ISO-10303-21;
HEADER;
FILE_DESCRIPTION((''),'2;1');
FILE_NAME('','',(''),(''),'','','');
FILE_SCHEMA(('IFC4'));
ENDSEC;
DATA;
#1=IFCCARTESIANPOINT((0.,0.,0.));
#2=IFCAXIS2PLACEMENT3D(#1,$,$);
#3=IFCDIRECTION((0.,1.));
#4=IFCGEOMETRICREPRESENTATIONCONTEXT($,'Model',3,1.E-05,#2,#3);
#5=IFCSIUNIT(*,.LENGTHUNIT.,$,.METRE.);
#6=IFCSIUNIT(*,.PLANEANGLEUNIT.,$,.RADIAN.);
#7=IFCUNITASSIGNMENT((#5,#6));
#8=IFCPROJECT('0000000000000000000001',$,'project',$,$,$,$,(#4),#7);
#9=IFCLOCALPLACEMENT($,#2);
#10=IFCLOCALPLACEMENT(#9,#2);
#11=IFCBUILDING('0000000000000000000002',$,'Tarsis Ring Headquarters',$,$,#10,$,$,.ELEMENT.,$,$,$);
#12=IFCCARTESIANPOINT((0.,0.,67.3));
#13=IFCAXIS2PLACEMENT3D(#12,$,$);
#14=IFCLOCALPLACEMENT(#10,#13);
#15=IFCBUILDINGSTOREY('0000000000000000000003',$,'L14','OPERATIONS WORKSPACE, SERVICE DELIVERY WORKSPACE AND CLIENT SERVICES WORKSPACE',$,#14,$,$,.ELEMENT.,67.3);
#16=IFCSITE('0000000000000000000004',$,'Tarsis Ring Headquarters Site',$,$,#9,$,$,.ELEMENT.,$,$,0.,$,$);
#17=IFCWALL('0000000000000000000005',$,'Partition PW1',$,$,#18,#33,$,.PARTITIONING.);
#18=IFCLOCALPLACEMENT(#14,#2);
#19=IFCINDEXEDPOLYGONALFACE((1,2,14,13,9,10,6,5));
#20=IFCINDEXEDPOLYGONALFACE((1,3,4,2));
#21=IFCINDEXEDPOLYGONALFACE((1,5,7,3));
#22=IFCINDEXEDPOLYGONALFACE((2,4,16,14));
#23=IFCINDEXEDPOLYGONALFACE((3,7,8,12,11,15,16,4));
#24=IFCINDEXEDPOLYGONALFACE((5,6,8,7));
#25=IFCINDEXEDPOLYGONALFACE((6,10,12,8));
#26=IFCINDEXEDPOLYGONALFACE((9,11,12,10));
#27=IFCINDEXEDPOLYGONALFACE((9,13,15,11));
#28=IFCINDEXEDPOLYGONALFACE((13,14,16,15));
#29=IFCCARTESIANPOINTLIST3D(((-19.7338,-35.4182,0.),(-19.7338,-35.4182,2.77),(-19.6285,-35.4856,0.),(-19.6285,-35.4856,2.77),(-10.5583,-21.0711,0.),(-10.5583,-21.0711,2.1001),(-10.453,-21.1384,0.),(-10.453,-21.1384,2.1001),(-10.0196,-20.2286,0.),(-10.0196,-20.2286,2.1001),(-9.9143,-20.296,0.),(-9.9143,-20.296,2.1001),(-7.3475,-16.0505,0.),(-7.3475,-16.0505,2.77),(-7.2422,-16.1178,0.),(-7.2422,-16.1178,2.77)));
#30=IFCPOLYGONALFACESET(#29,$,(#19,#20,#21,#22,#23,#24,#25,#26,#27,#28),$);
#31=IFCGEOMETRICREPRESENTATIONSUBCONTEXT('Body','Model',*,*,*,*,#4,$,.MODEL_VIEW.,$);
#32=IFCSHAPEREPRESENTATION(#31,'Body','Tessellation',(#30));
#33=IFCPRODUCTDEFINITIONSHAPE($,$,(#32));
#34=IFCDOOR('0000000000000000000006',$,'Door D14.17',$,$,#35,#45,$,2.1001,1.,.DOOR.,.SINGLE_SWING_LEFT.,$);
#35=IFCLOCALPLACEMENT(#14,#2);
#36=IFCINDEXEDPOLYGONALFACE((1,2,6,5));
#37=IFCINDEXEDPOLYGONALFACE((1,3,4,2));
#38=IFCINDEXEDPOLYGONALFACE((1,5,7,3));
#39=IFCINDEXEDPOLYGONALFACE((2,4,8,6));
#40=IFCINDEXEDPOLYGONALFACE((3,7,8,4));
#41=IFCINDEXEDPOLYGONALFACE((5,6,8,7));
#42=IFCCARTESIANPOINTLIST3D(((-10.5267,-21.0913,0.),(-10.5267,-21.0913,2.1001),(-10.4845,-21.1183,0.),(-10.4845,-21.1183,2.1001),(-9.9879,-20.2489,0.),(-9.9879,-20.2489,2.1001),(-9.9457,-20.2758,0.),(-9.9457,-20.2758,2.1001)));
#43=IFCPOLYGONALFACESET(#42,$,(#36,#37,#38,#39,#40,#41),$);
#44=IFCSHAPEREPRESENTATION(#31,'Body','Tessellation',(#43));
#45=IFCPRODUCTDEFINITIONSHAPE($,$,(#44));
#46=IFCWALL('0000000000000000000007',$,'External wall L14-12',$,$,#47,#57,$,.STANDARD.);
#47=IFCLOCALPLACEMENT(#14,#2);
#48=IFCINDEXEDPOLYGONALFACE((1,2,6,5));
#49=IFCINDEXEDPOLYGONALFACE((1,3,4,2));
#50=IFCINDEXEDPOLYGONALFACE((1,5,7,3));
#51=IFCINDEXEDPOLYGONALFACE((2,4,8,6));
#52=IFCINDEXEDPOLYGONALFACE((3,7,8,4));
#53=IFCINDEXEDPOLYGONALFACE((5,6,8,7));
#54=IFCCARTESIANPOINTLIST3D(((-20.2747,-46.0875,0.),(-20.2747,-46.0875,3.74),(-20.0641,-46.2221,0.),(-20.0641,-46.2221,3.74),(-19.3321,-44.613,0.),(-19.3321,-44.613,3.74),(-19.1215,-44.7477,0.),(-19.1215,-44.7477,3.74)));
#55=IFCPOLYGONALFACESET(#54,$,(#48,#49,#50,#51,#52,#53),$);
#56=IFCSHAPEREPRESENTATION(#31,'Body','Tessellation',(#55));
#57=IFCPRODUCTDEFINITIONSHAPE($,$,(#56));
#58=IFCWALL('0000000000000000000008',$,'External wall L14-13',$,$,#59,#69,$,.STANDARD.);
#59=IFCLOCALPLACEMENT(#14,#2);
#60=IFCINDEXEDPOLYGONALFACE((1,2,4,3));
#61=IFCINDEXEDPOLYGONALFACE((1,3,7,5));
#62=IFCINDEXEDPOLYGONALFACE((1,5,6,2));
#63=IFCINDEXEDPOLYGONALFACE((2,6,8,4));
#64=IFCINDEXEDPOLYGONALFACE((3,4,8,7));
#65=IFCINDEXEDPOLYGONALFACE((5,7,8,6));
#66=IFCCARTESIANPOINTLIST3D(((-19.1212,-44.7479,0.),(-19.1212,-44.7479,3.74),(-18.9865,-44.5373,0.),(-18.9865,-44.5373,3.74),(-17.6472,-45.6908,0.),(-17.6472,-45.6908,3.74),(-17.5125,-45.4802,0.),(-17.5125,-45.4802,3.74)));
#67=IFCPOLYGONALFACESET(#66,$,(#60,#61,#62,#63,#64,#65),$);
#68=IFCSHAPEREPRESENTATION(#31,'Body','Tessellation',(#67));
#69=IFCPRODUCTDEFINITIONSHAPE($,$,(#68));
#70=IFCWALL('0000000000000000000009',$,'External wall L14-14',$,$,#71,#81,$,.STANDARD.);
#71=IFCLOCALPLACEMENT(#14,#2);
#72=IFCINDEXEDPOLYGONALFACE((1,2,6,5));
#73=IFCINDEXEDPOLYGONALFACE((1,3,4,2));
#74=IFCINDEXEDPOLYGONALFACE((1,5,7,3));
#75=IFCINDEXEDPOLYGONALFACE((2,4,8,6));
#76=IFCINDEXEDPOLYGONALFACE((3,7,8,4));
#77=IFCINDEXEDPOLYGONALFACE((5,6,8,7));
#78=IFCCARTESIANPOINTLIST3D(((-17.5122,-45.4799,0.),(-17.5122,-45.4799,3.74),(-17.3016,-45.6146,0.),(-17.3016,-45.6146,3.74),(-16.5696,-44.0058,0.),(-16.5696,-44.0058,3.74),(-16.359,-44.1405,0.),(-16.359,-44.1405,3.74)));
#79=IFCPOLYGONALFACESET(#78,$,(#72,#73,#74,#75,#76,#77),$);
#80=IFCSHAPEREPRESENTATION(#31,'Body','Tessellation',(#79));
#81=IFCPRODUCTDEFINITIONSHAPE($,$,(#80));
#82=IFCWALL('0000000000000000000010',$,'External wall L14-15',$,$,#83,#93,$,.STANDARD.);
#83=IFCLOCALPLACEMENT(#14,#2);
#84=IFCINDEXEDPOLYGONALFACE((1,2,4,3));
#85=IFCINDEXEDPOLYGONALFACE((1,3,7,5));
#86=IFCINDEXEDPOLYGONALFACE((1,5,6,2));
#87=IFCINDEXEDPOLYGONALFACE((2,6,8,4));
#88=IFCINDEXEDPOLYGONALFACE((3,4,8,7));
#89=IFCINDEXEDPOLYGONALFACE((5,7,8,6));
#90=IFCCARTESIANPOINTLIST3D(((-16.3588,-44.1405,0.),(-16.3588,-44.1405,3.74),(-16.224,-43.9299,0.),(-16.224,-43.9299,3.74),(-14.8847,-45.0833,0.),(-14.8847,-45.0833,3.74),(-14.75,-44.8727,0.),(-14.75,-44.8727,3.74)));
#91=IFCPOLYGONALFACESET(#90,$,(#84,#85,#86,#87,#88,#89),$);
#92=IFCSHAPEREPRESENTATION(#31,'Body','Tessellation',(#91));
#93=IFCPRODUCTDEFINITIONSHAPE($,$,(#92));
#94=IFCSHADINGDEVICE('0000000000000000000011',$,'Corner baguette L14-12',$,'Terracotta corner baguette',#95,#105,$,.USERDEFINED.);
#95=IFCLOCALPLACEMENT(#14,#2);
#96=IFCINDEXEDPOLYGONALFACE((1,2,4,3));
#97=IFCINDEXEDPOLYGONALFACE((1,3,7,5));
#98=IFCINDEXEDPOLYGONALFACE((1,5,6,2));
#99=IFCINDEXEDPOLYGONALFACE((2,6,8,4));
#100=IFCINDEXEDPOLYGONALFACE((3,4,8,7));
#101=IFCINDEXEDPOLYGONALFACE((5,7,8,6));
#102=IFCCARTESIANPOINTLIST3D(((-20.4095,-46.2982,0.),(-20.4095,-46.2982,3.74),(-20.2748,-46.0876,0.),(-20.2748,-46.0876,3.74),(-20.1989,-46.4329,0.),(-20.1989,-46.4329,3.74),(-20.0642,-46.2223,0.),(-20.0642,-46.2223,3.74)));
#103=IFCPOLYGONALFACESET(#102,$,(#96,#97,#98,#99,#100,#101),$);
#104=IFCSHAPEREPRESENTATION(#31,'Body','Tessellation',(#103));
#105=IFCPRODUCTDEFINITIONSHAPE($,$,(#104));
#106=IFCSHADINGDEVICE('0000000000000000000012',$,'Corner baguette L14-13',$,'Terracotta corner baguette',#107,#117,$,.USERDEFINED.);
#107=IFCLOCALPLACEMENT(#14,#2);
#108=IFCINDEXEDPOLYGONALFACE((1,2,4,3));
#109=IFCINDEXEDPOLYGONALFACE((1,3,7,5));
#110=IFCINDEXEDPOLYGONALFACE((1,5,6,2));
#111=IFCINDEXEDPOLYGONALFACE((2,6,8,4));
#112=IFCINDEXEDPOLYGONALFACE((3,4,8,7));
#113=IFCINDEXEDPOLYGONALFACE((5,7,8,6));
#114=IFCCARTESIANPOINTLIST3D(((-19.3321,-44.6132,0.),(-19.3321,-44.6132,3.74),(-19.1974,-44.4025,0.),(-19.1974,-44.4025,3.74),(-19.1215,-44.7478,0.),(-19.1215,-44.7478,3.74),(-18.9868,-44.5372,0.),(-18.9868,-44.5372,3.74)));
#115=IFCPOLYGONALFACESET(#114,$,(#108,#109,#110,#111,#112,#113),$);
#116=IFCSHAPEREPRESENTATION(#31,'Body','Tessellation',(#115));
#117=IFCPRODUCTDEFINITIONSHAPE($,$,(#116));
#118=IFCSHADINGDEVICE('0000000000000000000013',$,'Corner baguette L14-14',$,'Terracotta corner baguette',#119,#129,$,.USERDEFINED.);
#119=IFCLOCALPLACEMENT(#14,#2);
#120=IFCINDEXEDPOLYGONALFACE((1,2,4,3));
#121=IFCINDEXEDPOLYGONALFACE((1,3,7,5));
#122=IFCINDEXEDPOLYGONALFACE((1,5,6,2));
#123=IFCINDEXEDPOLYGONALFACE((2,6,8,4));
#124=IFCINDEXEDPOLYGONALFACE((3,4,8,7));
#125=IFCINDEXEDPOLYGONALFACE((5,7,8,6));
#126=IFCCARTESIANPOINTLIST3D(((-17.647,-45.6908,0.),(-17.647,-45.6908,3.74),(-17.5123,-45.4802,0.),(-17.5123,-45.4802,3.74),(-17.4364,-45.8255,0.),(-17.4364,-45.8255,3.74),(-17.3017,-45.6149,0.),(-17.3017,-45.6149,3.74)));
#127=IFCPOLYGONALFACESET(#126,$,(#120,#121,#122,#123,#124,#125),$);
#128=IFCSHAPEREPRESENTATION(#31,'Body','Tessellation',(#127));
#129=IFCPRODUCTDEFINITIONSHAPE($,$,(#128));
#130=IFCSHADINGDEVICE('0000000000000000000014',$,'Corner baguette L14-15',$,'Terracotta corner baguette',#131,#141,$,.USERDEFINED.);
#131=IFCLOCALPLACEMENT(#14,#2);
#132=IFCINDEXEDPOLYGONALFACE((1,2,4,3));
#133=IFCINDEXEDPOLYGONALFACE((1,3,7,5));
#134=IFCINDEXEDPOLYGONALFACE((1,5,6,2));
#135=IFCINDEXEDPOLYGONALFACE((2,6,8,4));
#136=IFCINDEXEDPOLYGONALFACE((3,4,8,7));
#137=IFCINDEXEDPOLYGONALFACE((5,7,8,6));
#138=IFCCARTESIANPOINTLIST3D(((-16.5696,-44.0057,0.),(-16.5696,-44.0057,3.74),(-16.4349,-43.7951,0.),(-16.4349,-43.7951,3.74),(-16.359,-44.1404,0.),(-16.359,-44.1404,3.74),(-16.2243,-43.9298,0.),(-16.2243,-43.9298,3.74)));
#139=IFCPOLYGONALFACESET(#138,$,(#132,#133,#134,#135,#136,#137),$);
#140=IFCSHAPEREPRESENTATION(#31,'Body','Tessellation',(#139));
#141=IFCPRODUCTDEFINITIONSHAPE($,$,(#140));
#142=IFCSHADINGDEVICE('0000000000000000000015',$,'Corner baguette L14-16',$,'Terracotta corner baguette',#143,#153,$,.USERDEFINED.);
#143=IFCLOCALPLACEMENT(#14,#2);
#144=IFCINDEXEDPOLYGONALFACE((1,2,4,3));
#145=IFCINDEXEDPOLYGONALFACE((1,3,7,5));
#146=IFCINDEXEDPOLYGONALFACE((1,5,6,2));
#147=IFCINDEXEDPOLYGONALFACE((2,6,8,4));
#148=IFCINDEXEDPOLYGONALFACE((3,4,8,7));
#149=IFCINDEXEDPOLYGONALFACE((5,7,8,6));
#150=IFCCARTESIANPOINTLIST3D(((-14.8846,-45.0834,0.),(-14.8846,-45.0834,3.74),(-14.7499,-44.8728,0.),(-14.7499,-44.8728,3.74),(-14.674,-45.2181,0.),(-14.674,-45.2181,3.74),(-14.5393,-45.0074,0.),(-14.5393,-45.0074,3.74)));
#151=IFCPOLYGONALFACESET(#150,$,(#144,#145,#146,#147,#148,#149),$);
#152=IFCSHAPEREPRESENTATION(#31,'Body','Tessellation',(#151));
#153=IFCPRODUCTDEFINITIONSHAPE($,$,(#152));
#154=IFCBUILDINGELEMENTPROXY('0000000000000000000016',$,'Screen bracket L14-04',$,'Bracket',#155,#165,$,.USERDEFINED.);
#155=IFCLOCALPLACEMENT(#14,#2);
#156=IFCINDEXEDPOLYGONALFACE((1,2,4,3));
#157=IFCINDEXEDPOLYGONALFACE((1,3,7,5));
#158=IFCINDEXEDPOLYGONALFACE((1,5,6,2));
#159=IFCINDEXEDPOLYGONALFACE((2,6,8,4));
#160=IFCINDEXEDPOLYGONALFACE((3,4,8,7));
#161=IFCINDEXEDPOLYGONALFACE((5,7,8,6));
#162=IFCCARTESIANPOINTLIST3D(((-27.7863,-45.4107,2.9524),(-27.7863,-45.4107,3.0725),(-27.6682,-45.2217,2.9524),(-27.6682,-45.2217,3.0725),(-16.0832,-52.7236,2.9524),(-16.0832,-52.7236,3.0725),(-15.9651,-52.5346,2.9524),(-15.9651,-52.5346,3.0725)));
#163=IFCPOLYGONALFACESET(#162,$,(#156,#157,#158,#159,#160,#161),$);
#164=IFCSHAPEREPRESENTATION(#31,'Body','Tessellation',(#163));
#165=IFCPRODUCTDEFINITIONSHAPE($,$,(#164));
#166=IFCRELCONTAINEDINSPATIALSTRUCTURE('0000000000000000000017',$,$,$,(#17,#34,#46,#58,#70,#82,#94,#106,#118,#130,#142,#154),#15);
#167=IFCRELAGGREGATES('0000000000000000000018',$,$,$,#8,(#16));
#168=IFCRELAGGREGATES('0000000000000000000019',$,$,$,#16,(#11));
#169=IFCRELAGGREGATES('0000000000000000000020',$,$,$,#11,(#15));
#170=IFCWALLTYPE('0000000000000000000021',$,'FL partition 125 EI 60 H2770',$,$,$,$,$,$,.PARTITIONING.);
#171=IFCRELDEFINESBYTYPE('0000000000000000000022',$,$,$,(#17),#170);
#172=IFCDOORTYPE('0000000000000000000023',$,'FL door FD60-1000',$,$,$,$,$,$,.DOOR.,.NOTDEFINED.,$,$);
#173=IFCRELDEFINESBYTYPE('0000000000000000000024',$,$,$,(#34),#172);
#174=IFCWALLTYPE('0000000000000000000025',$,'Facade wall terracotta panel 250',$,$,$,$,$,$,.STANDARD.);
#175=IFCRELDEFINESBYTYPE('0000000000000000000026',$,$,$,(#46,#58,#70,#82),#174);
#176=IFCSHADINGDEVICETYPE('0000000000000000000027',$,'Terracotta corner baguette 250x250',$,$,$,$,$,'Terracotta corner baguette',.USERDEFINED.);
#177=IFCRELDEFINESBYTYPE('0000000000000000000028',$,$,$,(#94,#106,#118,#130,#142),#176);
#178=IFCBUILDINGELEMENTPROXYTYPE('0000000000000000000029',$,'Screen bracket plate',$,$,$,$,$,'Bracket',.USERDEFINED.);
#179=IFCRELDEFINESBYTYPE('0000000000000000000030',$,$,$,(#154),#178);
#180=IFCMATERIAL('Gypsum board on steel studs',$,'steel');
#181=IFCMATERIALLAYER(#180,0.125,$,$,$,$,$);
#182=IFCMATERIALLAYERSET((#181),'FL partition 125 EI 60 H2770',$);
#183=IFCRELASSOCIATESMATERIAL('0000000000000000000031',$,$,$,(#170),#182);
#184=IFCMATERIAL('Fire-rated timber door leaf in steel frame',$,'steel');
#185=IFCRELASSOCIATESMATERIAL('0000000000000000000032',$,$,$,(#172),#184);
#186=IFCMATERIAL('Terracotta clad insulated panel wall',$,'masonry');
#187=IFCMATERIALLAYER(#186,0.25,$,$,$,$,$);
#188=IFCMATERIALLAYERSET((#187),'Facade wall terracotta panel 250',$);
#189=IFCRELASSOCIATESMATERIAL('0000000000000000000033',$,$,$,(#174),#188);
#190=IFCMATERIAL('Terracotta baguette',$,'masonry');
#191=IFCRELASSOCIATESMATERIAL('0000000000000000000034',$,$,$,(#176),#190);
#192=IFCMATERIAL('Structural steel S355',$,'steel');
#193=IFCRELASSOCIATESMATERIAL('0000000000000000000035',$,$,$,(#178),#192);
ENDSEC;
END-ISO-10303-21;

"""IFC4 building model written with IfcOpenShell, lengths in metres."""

from ifc_helpers import new_model, si_unit, direction, frame, frame_2d, origin, origin_2d, place, context, subcontext, project, spatial, rectangle, extrude, material, layer, layer_set, type_object, element, fill, save


model = new_model("IFC4")

# Units and contexts
model_context = context("Model", 3, precision=1e-05, world=origin(), true_north=direction((0.0, 1.0)))
body_context = subcontext(model_context, "Body", "Model", "MODEL_VIEW")
ifc_project = project(units=[si_unit("LENGTHUNIT", "METRE"), si_unit("PLANEANGLEUNIT", "RADIAN")], contexts=[model_context])

# Site, building, storey
site_placement = place(None, origin())
site = spatial("IfcSite", under=ifc_project, at=site_placement, Name="Tarsis Ring Headquarters Site", CompositionType="ELEMENT", RefElevation=0.0)
building_placement = place(site_placement, origin())
building = spatial("IfcBuilding", under=site, at=building_placement, Name="Tarsis Ring Headquarters", CompositionType="ELEMENT")
storey_placement = place(building_placement, frame((0.0, 0.0, 67.3)))
storey = spatial("IfcBuildingStorey", under=building, at=storey_placement, Name="L14", Description="OPERATIONS WORKSPACE, SERVICE DELIVERY WORKSPACE AND CLIENT SERVICES WORKSPACE", CompositionType="ELEMENT", Elevation=67.3)

# Shared definitions
ifc_material_1 = material(Name="Structural steel S355", Category="steel")

# Shared definitions
ifc_material_2 = material(Name="Gypsum board on steel studs", Category="steel")

# Shared definitions
ifc_layer_1 = layer(ifc_material_2, 0.125)
ifc_layer_set_1 = layer_set([ifc_layer_1], Name="FL partition 125 EI 60 H2770")
wall_type_1 = type_object("IfcWallType", Name="FL partition 125 EI 60 H2770", PredefinedType="PARTITIONING", material=ifc_layer_set_1)
ifc_material_3 = material(Name="Fire-rated timber door leaf in steel frame", Category="steel")

# Wall, opening, door
wall_1_placement = place(storey_placement, frame((-19.6812, -35.4519, 0.0), z_axis=(0.0, 0.0, 1.0), x_axis=(0.538773, 0.842451, 0.0)))
wall_1 = element("IfcWall", 1, at=wall_1_placement, inside=storey, type_object=wall_type_1, Name="Partition PW1", PredefinedType="PARTITIONING", context=body_context, shape_type="SweptSolid", body=[
    extrude(rectangle(XDim=22.9897, YDim=0.125, at=frame_2d((11.4949, 0.0))), origin(), (0.0, 0.0, 1.0), 2.77),
])
opening_1_placement = place(wall_1_placement, frame((17.0303, 0.0, 0.0)))
opening_1 = element("IfcOpeningElement", 2, at=opening_1_placement, cuts=wall_1, PredefinedType="OPENING", context=body_context, shape_type="SweptSolid", body=[
    extrude(rectangle(XDim=1.0, YDim=2.1001, at=frame_2d((0.5, 1.05))), frame((0.0, 0.0725, 0.0), z_axis=(0.0, -1.0, 0.0), x_axis=(1.0, 0.0, 0.0)), (0.0, 0.0, 1.0), 0.145),
])
door_type_1 = type_object("IfcDoorType", Name="FL door FD60-1000", OperationType="NOTDEFINED", PredefinedType="DOOR", material=ifc_material_3)
door_1_placement = place(opening_1_placement, origin())
door_1 = element("IfcDoor", 3, at=door_1_placement, inside=storey, type_object=door_type_1, Name="Door D14.17", OperationType="SINGLE_SWING_LEFT", OverallHeight=2.1001, OverallWidth=1.0, PredefinedType="DOOR", context=body_context, shape_type="SweptSolid", body=[
    extrude(rectangle(XDim=1.0, YDim=2.1001, at=frame_2d((0.5, 1.05))), frame((0.0, 0.0249, 0.0), z_axis=(0.0, -1.0, 0.0), x_axis=(1.0, 0.0, 0.0)), (0.0, 0.0, 1.0), 0.05),
])
fill(opening_1, door_1)

# Walls
ifc_material_4 = material(Name="Terracotta clad insulated panel wall", Category="masonry")
ifc_layer_2 = layer(ifc_material_4, 0.25)
ifc_layer_set_2 = layer_set([ifc_layer_2], Name="Facade wall terracotta panel 250")
wall_type_2 = type_object("IfcWallType", Name="Facade wall terracotta panel 250", PredefinedType="STANDARD", material=ifc_layer_set_2)
wall_2_placement = place(storey_placement, frame((-20.1694, -46.1548, 0.0), z_axis=(0.0, 0.0, 1.0), x_axis=(0.538662, 0.842522, 0.0)))
element("IfcWall", 4, at=wall_2_placement, inside=storey, type_object=wall_type_2, Name="External wall L14-12", PredefinedType="STANDARD", context=body_context, shape_type="SweptSolid", body=[
    extrude(rectangle(XDim=1.75, YDim=0.25, at=frame_2d((0.875, 0.0))), origin(), (0.0, 0.0, 1.0), 3.74),
])
for number, where, z_axis, x_axis, name in (
    (5, (-19.054, -44.6426, 0.0), (0.0, 0.0, 1.0), (0.842418, -0.538824, 0.0), "External wall L14-13"),
    (6, (-17.407, -45.5474, 0.0), (0.0, 0.0, 1.0), (0.538725, 0.842482, 0.0), "External wall L14-14"),
    (7, (-16.2915, -44.0352, 0.0), (0.0, 0.0, 1.0), (0.842418, -0.538824, 0.0), "External wall L14-15"),
):
    element("IfcWall", number, at=place(storey_placement, frame(where, z_axis=z_axis, x_axis=x_axis)), inside=storey, type_object=wall_type_2, Name=name, PredefinedType="STANDARD", context=body_context, shape_type="SweptSolid", body=[
        extrude(rectangle(XDim=1.7498, YDim=0.25, at=frame_2d((0.875, 0.0))), origin(), (0.0, 0.0, 1.0), 3.74),
    ])

# Shading devices
ifc_material_5 = material(Name="Terracotta baguette", Category="masonry")
shading_device_type_1 = type_object("IfcShadingDeviceType", Name="Terracotta corner baguette 250x250", ElementType="Terracotta corner baguette", PredefinedType="USERDEFINED", material=ifc_material_5)
for number, where, z_axis, x_axis, name in (
    (8, (-20.2368, -46.2603, 0.0), (0.0, 0.0, 1.0), (0.842452, -0.538771, 0.0), "Corner baguette L14-12"),
    (9, (-19.1594, -44.5752, 0.0), (0.0, 0.0, 1.0), (0.538771, 0.842453, 0.0), "Corner baguette L14-13"),
    (10, (-17.4744, -45.6528, 0.0), (0.0, 0.0, 1.0), (0.842452, -0.538771, 0.0), "Corner baguette L14-14"),
    (11, (-16.397, -43.9678, 0.0), (0.0, 0.0, 1.0), (0.538771, 0.842453, 0.0), "Corner baguette L14-15"),
    (12, (-14.7119, -45.0454, 0.0), (0.0, 0.0, 1.0), (0.842452, -0.538771, 0.0), "Corner baguette L14-16"),
):
    element("IfcShadingDevice", number, at=place(storey_placement, frame(where, z_axis=z_axis, x_axis=x_axis)), inside=storey, type_object=shading_device_type_1, Name=name, ObjectType="Terracotta corner baguette", PredefinedType="USERDEFINED", context=body_context, shape_type="SweptSolid", body=[
        extrude(rectangle(XDim=0.25, YDim=0.25, at=origin_2d()), origin(), (0.0, 0.0, 1.0), 3.74),
    ])

# Building element proxy
building_element_proxy_type = type_object("IfcBuildingElementProxyType", Name="Screen bracket plate", ElementType="Bracket", PredefinedType="USERDEFINED", material=ifc_material_1)
proxy_placement = place(storey_placement, frame((-21.8757, -48.9727, 2.9524), z_axis=(0.0, 0.0, 1.0), x_axis=(0.848048, -0.529919, 0.0)))
element("IfcBuildingElementProxy", 13, at=proxy_placement, inside=storey, type_object=building_element_proxy_type, Name="Screen bracket L14-04", ObjectType="Bracket", PredefinedType="USERDEFINED", context=body_context, shape_type="SweptSolid", body=[
    extrude(rectangle(XDim=13.8, YDim=0.2229, at=origin_2d()), origin(), (0.0, 0.0, 1.0), 0.1201),
])

save(model, "model.ifc")
